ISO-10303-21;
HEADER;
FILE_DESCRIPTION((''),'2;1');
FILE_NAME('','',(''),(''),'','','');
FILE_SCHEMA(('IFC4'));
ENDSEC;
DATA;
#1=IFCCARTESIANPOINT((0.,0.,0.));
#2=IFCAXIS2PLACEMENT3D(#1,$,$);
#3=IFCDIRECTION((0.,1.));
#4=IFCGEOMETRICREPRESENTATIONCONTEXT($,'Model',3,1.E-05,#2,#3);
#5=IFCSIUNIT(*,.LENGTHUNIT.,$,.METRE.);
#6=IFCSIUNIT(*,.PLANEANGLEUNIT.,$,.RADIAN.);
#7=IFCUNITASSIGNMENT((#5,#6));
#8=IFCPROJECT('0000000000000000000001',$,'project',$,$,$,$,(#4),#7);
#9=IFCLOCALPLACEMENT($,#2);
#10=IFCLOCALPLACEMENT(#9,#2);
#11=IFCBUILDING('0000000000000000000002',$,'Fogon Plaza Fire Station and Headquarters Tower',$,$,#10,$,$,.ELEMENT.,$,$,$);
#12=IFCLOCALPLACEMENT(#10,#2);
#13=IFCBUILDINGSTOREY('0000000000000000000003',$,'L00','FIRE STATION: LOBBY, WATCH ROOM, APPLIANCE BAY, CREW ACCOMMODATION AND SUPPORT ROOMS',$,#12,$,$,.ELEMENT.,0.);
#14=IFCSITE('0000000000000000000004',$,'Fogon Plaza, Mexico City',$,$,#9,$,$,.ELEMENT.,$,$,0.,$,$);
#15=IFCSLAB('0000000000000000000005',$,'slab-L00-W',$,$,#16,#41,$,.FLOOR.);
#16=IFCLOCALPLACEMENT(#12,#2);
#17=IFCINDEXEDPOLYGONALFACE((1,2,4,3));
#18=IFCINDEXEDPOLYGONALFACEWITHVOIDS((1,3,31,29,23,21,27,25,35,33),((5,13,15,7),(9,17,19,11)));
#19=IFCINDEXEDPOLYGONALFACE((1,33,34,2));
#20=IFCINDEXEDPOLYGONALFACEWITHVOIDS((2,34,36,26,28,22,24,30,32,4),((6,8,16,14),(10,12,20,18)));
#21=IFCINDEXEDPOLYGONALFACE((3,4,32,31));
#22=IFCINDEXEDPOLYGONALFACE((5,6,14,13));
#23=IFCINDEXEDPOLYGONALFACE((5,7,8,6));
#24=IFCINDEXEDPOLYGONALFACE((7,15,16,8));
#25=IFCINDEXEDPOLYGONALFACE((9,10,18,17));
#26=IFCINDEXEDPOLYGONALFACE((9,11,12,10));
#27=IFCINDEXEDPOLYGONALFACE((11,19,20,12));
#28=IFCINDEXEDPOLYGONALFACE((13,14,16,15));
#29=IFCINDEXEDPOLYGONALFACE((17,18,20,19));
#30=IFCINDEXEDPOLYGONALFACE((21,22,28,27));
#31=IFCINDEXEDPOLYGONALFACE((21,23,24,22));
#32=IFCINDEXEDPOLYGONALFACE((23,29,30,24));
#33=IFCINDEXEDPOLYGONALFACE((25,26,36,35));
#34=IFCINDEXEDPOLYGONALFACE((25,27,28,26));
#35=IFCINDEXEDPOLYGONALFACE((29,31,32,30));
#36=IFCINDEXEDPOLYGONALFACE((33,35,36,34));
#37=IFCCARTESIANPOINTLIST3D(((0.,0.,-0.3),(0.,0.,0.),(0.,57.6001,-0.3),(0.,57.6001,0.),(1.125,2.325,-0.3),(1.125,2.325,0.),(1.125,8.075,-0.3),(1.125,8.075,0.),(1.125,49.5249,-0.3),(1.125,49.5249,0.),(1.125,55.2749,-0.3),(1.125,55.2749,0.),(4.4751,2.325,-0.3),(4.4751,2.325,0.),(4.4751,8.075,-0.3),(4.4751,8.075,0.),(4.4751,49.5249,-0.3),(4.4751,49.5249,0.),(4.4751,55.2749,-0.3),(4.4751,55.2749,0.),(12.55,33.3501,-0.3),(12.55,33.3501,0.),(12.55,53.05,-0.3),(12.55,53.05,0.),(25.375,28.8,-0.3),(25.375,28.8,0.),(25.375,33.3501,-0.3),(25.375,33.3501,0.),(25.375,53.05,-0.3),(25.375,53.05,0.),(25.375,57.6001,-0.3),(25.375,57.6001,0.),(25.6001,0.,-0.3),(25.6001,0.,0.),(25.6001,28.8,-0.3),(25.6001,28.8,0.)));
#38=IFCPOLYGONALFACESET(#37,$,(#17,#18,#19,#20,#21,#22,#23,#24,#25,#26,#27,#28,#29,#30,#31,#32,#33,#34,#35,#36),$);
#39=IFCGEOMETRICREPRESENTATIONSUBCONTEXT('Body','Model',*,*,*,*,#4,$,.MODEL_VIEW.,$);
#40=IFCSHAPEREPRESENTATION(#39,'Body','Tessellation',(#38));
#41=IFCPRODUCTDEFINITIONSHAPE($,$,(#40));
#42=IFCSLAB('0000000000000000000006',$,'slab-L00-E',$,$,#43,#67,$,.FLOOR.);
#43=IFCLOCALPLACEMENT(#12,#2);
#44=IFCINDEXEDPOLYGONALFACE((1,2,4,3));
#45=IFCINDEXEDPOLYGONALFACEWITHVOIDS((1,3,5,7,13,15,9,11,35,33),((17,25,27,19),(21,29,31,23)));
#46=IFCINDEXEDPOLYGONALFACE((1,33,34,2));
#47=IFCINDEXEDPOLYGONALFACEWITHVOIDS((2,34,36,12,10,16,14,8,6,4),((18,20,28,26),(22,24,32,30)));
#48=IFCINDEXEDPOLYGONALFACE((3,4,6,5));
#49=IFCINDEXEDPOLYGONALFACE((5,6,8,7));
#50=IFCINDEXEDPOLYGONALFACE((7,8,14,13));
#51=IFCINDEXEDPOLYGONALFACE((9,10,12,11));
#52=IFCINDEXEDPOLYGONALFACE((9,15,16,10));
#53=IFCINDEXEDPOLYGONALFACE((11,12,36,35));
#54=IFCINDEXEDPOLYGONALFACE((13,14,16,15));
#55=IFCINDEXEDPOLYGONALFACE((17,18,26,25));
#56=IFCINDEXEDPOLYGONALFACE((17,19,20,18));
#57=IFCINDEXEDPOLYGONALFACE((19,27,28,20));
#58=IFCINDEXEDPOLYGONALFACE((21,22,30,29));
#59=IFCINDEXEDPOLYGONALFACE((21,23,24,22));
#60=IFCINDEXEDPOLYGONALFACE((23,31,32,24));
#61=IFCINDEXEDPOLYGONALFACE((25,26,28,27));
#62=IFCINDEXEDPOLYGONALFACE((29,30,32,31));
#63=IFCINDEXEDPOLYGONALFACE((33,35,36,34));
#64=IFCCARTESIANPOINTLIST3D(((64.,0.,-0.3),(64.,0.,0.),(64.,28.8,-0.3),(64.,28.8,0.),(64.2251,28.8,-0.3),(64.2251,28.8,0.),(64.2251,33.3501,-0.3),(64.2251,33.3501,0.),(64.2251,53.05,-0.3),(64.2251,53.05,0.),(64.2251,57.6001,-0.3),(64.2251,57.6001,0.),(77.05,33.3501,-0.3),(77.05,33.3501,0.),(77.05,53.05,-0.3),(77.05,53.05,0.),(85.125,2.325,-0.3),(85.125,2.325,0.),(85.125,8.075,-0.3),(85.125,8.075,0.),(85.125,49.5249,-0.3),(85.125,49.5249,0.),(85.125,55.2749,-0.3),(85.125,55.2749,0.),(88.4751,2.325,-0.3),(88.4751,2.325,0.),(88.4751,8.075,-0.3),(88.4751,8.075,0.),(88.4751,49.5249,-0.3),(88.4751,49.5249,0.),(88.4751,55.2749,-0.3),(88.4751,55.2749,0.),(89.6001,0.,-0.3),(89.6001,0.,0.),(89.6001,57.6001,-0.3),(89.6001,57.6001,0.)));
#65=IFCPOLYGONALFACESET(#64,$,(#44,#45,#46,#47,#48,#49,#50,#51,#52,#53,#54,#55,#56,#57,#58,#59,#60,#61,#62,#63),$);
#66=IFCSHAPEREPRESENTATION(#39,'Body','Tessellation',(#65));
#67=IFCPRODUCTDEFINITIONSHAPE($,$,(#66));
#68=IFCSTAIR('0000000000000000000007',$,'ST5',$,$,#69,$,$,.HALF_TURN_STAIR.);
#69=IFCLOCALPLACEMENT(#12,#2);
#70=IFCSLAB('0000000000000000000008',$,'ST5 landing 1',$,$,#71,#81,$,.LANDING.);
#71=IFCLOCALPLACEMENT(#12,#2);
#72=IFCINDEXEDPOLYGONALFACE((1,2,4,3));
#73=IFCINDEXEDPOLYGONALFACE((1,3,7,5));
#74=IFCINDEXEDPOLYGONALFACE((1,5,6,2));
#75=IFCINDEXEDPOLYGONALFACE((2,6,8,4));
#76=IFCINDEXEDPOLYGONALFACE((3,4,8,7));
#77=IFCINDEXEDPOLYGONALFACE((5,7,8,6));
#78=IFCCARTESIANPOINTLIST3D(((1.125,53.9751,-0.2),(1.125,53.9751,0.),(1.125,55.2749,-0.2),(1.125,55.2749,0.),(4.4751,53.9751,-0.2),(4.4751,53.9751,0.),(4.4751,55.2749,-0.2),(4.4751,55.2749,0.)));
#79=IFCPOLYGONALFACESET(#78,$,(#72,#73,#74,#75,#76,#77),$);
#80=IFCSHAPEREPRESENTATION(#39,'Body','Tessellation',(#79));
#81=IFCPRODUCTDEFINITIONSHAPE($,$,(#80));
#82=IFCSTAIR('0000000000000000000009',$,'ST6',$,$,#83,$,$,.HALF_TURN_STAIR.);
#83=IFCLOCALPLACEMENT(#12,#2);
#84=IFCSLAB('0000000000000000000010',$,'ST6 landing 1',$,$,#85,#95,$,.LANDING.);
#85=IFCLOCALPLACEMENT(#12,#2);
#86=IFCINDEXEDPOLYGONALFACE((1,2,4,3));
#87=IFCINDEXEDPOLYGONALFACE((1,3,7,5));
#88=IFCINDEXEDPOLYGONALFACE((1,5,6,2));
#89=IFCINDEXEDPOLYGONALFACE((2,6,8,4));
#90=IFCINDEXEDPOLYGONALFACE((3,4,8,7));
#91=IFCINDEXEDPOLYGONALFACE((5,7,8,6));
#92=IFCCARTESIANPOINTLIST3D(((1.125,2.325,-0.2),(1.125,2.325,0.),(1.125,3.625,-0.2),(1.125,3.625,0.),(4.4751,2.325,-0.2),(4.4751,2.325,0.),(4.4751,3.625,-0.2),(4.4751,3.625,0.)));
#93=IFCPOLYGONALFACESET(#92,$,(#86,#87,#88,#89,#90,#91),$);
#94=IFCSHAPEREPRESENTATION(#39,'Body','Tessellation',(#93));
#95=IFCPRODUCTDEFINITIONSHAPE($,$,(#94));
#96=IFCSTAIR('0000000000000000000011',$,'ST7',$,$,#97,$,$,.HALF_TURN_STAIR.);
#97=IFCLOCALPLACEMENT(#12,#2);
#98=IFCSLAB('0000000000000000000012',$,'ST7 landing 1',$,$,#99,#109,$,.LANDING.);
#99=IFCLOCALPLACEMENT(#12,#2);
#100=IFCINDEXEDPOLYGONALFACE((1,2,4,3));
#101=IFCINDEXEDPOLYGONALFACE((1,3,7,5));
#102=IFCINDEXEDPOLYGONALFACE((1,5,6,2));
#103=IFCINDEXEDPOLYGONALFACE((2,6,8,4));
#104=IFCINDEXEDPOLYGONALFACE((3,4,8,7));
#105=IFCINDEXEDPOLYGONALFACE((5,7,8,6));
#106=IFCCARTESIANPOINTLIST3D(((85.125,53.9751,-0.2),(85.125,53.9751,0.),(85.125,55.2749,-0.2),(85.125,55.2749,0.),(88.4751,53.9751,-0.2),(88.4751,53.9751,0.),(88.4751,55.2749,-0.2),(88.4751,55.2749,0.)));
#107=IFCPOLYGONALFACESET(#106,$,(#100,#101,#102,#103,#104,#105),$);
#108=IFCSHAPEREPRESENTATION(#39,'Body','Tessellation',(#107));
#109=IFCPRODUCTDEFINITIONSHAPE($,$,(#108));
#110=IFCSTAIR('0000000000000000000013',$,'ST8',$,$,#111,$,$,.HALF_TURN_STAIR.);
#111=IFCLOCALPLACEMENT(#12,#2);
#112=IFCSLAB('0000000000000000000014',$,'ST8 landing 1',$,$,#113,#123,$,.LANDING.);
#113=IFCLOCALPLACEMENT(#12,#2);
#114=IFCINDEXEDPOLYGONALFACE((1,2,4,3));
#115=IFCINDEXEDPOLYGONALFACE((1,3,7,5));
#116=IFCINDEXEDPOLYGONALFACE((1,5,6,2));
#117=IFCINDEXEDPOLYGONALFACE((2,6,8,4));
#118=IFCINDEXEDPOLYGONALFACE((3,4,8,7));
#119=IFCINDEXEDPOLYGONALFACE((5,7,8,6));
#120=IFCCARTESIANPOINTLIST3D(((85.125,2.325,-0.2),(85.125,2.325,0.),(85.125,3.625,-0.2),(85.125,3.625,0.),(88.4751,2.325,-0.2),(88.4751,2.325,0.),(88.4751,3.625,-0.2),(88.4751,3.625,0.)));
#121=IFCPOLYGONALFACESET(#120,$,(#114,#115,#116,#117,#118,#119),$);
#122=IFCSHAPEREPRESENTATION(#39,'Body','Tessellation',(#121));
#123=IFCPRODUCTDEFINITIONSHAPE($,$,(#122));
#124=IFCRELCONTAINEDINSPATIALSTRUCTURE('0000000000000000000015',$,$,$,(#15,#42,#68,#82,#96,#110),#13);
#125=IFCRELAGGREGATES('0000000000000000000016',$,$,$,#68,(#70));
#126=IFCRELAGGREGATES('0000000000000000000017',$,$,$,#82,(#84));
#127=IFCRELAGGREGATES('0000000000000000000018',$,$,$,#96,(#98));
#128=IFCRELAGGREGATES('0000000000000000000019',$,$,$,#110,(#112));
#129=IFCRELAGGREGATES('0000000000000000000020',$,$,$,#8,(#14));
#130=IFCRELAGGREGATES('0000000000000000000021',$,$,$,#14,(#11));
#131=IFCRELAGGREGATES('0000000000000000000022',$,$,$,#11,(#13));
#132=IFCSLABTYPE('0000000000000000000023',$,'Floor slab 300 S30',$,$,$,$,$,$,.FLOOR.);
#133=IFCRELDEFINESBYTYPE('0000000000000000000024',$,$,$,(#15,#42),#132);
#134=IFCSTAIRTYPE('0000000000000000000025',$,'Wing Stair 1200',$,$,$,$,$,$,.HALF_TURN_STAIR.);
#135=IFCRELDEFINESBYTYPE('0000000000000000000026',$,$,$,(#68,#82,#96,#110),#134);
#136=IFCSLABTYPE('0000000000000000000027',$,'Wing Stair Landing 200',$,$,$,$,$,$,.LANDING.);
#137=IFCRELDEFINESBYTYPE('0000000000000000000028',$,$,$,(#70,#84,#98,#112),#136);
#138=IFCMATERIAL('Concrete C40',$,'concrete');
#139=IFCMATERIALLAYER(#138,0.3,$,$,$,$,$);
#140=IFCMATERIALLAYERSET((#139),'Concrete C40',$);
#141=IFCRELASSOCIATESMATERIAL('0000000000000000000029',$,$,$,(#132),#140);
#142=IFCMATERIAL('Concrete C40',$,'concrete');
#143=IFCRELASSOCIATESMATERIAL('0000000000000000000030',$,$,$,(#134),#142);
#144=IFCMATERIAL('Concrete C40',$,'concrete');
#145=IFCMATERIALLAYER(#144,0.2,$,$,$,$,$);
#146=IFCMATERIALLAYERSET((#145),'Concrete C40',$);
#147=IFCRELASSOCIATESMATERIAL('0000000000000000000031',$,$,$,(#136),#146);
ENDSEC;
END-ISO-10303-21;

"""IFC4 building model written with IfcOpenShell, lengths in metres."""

from ifc_helpers import new_model, si_unit, direction, frame, origin, place, context, subcontext, project, spatial, polyline, outline, extrude, material, layer, layer_set, type_object, element, aggregate, save


model = new_model("IFC4")

# Units and contexts
model_context = context("Model", 3, precision=1e-05, world=origin(), true_north=direction((0.0, 1.0)))
body_context = subcontext(model_context, "Body", "Model", "MODEL_VIEW")
ifc_project = project(units=[si_unit("LENGTHUNIT", "METRE"), si_unit("PLANEANGLEUNIT", "RADIAN")], contexts=[model_context])

# Site, building, storey
site_placement = place(None, origin())
site = spatial("IfcSite", under=ifc_project, at=site_placement, Name="Fogon Plaza, Mexico City", CompositionType="ELEMENT", RefElevation=0.0)
building_placement = place(site_placement, origin())
building = spatial("IfcBuilding", under=site, at=building_placement, Name="Fogon Plaza Fire Station and Headquarters Tower", CompositionType="ELEMENT")
storey_placement = place(building_placement, origin())
storey = spatial("IfcBuildingStorey", under=building, at=storey_placement, Name="L00", Description="FIRE STATION: LOBBY, WATCH ROOM, APPLIANCE BAY, CREW ACCOMMODATION AND SUPPORT ROOMS", CompositionType="ELEMENT", Elevation=0.0)

# Slabs
ifc_material_1 = material(Name="Concrete C40", Category="concrete")
ifc_layer_1 = layer(ifc_material_1, 0.3)
ifc_layer_set_1 = layer_set([ifc_layer_1], Name="Concrete C40")
slab_type_1 = type_object("IfcSlabType", Name="Floor slab 300 S30", PredefinedType="FLOOR", material=ifc_layer_set_1)
slab_1_placement = place(storey_placement, frame((0.0, 0.0, -0.3)))
element("IfcSlab", 1, at=slab_1_placement, inside=storey, type_object=slab_type_1, Name="slab-L00-W", PredefinedType="FLOOR", context=body_context, shape_type="SweptSolid", body=[
    extrude(outline(polyline([(25.6001, 0.0), (0.0, 0.0), (0.0, 57.6001), (25.375, 57.6001), (25.375, 53.05), (12.55, 53.05), (12.55, 33.3501), (25.375, 33.3501), (25.375, 28.8), (25.6001, 28.8), (25.6001, 0.0)]), holes=[polyline([(4.4751, 2.325), (4.4751, 8.075), (1.125, 8.075), (1.125, 2.325), (4.4751, 2.325)]), polyline([(1.125, 49.5249), (4.4751, 49.5249), (4.4751, 55.2749), (1.125, 55.2749), (1.125, 49.5249)])]), origin(), (0.0, 0.0, 1.0), 0.3),
])
slab_2_placement = place(storey_placement, frame((0.0, 0.0, -0.3)))
element("IfcSlab", 2, at=slab_2_placement, inside=storey, type_object=slab_type_1, Name="slab-L00-E", PredefinedType="FLOOR", context=body_context, shape_type="SweptSolid", body=[
    extrude(outline(polyline([(64.0, 0.0), (89.6001, 0.0), (89.6001, 57.6001), (64.2251, 57.6001), (64.2251, 53.05), (77.05, 53.05), (77.05, 33.3501), (64.2251, 33.3501), (64.2251, 28.8), (64.0, 28.8), (64.0, 0.0)]), holes=[polyline([(85.125, 2.325), (85.125, 8.075), (88.4751, 8.075), (88.4751, 2.325), (85.125, 2.325)]), polyline([(88.4751, 49.5249), (85.125, 49.5249), (85.125, 55.2749), (88.4751, 55.2749), (88.4751, 49.5249)])]), origin(), (0.0, 0.0, 1.0), 0.3),
])

# Stairs, slabs
ifc_material_2 = material(Name="Concrete C40", Category="concrete")
stair_type = type_object("IfcStairType", Name="Wing Stair 1200", PredefinedType="HALF_TURN_STAIR", material=ifc_material_2)
stair_1_placement = place(storey_placement, origin())
stair_1 = element("IfcStair", 3, at=stair_1_placement, inside=storey, type_object=stair_type, Name="ST5", PredefinedType="HALF_TURN_STAIR")
ifc_material_3 = material(Name="Concrete C40", Category="concrete")
ifc_layer_2 = layer(ifc_material_3, 0.2)
ifc_layer_set_2 = layer_set([ifc_layer_2], Name="Concrete C40")
slab_type_2 = type_object("IfcSlabType", Name="Wing Stair Landing 200", PredefinedType="LANDING", material=ifc_layer_set_2)
slab_3_placement = place(storey_placement, frame((0.0, 0.0, -0.2)))
slab_3 = element("IfcSlab", 4, at=slab_3_placement, type_object=slab_type_2, Name="ST5 landing 1", PredefinedType="LANDING", context=body_context, shape_type="SweptSolid", body=[
    extrude(outline(polyline([(1.125, 53.9751), (4.4751, 53.9751), (4.4751, 55.2749), (1.125, 55.2749), (1.125, 53.9751)])), origin(), (0.0, 0.0, 1.0), 0.2),
])
aggregate(stair_1, [slab_3])
stair_2_placement = place(storey_placement, origin())
stair_2 = element("IfcStair", 5, at=stair_2_placement, inside=storey, type_object=stair_type, Name="ST6", PredefinedType="HALF_TURN_STAIR")
slab_4_placement = place(storey_placement, frame((0.0, 0.0, -0.2)))
slab_4 = element("IfcSlab", 6, at=slab_4_placement, type_object=slab_type_2, Name="ST6 landing 1", PredefinedType="LANDING", context=body_context, shape_type="SweptSolid", body=[
    extrude(outline(polyline([(1.125, 2.325), (4.4751, 2.325), (4.4751, 3.625), (1.125, 3.625), (1.125, 2.325)])), origin(), (0.0, 0.0, 1.0), 0.2),
])
aggregate(stair_2, [slab_4])
stair_3_placement = place(storey_placement, origin())
stair_3 = element("IfcStair", 7, at=stair_3_placement, inside=storey, type_object=stair_type, Name="ST7", PredefinedType="HALF_TURN_STAIR")
slab_5_placement = place(storey_placement, frame((0.0, 0.0, -0.2)))
slab_5 = element("IfcSlab", 8, at=slab_5_placement, type_object=slab_type_2, Name="ST7 landing 1", PredefinedType="LANDING", context=body_context, shape_type="SweptSolid", body=[
    extrude(outline(polyline([(85.125, 53.9751), (88.4751, 53.9751), (88.4751, 55.2749), (85.125, 55.2749), (85.125, 53.9751)])), origin(), (0.0, 0.0, 1.0), 0.2),
])
aggregate(stair_3, [slab_5])
stair_4_placement = place(storey_placement, origin())
stair_4 = element("IfcStair", 9, at=stair_4_placement, inside=storey, type_object=stair_type, Name="ST8", PredefinedType="HALF_TURN_STAIR")
slab_6_placement = place(storey_placement, frame((0.0, 0.0, -0.2)))
slab_6 = element("IfcSlab", 10, at=slab_6_placement, type_object=slab_type_2, Name="ST8 landing 1", PredefinedType="LANDING", context=body_context, shape_type="SweptSolid", body=[
    extrude(outline(polyline([(85.125, 2.325), (88.4751, 2.325), (88.4751, 3.625), (85.125, 3.625), (85.125, 2.325)])), origin(), (0.0, 0.0, 1.0), 0.2),
])
aggregate(stair_4, [slab_6])

save(model, "model.ifc")
